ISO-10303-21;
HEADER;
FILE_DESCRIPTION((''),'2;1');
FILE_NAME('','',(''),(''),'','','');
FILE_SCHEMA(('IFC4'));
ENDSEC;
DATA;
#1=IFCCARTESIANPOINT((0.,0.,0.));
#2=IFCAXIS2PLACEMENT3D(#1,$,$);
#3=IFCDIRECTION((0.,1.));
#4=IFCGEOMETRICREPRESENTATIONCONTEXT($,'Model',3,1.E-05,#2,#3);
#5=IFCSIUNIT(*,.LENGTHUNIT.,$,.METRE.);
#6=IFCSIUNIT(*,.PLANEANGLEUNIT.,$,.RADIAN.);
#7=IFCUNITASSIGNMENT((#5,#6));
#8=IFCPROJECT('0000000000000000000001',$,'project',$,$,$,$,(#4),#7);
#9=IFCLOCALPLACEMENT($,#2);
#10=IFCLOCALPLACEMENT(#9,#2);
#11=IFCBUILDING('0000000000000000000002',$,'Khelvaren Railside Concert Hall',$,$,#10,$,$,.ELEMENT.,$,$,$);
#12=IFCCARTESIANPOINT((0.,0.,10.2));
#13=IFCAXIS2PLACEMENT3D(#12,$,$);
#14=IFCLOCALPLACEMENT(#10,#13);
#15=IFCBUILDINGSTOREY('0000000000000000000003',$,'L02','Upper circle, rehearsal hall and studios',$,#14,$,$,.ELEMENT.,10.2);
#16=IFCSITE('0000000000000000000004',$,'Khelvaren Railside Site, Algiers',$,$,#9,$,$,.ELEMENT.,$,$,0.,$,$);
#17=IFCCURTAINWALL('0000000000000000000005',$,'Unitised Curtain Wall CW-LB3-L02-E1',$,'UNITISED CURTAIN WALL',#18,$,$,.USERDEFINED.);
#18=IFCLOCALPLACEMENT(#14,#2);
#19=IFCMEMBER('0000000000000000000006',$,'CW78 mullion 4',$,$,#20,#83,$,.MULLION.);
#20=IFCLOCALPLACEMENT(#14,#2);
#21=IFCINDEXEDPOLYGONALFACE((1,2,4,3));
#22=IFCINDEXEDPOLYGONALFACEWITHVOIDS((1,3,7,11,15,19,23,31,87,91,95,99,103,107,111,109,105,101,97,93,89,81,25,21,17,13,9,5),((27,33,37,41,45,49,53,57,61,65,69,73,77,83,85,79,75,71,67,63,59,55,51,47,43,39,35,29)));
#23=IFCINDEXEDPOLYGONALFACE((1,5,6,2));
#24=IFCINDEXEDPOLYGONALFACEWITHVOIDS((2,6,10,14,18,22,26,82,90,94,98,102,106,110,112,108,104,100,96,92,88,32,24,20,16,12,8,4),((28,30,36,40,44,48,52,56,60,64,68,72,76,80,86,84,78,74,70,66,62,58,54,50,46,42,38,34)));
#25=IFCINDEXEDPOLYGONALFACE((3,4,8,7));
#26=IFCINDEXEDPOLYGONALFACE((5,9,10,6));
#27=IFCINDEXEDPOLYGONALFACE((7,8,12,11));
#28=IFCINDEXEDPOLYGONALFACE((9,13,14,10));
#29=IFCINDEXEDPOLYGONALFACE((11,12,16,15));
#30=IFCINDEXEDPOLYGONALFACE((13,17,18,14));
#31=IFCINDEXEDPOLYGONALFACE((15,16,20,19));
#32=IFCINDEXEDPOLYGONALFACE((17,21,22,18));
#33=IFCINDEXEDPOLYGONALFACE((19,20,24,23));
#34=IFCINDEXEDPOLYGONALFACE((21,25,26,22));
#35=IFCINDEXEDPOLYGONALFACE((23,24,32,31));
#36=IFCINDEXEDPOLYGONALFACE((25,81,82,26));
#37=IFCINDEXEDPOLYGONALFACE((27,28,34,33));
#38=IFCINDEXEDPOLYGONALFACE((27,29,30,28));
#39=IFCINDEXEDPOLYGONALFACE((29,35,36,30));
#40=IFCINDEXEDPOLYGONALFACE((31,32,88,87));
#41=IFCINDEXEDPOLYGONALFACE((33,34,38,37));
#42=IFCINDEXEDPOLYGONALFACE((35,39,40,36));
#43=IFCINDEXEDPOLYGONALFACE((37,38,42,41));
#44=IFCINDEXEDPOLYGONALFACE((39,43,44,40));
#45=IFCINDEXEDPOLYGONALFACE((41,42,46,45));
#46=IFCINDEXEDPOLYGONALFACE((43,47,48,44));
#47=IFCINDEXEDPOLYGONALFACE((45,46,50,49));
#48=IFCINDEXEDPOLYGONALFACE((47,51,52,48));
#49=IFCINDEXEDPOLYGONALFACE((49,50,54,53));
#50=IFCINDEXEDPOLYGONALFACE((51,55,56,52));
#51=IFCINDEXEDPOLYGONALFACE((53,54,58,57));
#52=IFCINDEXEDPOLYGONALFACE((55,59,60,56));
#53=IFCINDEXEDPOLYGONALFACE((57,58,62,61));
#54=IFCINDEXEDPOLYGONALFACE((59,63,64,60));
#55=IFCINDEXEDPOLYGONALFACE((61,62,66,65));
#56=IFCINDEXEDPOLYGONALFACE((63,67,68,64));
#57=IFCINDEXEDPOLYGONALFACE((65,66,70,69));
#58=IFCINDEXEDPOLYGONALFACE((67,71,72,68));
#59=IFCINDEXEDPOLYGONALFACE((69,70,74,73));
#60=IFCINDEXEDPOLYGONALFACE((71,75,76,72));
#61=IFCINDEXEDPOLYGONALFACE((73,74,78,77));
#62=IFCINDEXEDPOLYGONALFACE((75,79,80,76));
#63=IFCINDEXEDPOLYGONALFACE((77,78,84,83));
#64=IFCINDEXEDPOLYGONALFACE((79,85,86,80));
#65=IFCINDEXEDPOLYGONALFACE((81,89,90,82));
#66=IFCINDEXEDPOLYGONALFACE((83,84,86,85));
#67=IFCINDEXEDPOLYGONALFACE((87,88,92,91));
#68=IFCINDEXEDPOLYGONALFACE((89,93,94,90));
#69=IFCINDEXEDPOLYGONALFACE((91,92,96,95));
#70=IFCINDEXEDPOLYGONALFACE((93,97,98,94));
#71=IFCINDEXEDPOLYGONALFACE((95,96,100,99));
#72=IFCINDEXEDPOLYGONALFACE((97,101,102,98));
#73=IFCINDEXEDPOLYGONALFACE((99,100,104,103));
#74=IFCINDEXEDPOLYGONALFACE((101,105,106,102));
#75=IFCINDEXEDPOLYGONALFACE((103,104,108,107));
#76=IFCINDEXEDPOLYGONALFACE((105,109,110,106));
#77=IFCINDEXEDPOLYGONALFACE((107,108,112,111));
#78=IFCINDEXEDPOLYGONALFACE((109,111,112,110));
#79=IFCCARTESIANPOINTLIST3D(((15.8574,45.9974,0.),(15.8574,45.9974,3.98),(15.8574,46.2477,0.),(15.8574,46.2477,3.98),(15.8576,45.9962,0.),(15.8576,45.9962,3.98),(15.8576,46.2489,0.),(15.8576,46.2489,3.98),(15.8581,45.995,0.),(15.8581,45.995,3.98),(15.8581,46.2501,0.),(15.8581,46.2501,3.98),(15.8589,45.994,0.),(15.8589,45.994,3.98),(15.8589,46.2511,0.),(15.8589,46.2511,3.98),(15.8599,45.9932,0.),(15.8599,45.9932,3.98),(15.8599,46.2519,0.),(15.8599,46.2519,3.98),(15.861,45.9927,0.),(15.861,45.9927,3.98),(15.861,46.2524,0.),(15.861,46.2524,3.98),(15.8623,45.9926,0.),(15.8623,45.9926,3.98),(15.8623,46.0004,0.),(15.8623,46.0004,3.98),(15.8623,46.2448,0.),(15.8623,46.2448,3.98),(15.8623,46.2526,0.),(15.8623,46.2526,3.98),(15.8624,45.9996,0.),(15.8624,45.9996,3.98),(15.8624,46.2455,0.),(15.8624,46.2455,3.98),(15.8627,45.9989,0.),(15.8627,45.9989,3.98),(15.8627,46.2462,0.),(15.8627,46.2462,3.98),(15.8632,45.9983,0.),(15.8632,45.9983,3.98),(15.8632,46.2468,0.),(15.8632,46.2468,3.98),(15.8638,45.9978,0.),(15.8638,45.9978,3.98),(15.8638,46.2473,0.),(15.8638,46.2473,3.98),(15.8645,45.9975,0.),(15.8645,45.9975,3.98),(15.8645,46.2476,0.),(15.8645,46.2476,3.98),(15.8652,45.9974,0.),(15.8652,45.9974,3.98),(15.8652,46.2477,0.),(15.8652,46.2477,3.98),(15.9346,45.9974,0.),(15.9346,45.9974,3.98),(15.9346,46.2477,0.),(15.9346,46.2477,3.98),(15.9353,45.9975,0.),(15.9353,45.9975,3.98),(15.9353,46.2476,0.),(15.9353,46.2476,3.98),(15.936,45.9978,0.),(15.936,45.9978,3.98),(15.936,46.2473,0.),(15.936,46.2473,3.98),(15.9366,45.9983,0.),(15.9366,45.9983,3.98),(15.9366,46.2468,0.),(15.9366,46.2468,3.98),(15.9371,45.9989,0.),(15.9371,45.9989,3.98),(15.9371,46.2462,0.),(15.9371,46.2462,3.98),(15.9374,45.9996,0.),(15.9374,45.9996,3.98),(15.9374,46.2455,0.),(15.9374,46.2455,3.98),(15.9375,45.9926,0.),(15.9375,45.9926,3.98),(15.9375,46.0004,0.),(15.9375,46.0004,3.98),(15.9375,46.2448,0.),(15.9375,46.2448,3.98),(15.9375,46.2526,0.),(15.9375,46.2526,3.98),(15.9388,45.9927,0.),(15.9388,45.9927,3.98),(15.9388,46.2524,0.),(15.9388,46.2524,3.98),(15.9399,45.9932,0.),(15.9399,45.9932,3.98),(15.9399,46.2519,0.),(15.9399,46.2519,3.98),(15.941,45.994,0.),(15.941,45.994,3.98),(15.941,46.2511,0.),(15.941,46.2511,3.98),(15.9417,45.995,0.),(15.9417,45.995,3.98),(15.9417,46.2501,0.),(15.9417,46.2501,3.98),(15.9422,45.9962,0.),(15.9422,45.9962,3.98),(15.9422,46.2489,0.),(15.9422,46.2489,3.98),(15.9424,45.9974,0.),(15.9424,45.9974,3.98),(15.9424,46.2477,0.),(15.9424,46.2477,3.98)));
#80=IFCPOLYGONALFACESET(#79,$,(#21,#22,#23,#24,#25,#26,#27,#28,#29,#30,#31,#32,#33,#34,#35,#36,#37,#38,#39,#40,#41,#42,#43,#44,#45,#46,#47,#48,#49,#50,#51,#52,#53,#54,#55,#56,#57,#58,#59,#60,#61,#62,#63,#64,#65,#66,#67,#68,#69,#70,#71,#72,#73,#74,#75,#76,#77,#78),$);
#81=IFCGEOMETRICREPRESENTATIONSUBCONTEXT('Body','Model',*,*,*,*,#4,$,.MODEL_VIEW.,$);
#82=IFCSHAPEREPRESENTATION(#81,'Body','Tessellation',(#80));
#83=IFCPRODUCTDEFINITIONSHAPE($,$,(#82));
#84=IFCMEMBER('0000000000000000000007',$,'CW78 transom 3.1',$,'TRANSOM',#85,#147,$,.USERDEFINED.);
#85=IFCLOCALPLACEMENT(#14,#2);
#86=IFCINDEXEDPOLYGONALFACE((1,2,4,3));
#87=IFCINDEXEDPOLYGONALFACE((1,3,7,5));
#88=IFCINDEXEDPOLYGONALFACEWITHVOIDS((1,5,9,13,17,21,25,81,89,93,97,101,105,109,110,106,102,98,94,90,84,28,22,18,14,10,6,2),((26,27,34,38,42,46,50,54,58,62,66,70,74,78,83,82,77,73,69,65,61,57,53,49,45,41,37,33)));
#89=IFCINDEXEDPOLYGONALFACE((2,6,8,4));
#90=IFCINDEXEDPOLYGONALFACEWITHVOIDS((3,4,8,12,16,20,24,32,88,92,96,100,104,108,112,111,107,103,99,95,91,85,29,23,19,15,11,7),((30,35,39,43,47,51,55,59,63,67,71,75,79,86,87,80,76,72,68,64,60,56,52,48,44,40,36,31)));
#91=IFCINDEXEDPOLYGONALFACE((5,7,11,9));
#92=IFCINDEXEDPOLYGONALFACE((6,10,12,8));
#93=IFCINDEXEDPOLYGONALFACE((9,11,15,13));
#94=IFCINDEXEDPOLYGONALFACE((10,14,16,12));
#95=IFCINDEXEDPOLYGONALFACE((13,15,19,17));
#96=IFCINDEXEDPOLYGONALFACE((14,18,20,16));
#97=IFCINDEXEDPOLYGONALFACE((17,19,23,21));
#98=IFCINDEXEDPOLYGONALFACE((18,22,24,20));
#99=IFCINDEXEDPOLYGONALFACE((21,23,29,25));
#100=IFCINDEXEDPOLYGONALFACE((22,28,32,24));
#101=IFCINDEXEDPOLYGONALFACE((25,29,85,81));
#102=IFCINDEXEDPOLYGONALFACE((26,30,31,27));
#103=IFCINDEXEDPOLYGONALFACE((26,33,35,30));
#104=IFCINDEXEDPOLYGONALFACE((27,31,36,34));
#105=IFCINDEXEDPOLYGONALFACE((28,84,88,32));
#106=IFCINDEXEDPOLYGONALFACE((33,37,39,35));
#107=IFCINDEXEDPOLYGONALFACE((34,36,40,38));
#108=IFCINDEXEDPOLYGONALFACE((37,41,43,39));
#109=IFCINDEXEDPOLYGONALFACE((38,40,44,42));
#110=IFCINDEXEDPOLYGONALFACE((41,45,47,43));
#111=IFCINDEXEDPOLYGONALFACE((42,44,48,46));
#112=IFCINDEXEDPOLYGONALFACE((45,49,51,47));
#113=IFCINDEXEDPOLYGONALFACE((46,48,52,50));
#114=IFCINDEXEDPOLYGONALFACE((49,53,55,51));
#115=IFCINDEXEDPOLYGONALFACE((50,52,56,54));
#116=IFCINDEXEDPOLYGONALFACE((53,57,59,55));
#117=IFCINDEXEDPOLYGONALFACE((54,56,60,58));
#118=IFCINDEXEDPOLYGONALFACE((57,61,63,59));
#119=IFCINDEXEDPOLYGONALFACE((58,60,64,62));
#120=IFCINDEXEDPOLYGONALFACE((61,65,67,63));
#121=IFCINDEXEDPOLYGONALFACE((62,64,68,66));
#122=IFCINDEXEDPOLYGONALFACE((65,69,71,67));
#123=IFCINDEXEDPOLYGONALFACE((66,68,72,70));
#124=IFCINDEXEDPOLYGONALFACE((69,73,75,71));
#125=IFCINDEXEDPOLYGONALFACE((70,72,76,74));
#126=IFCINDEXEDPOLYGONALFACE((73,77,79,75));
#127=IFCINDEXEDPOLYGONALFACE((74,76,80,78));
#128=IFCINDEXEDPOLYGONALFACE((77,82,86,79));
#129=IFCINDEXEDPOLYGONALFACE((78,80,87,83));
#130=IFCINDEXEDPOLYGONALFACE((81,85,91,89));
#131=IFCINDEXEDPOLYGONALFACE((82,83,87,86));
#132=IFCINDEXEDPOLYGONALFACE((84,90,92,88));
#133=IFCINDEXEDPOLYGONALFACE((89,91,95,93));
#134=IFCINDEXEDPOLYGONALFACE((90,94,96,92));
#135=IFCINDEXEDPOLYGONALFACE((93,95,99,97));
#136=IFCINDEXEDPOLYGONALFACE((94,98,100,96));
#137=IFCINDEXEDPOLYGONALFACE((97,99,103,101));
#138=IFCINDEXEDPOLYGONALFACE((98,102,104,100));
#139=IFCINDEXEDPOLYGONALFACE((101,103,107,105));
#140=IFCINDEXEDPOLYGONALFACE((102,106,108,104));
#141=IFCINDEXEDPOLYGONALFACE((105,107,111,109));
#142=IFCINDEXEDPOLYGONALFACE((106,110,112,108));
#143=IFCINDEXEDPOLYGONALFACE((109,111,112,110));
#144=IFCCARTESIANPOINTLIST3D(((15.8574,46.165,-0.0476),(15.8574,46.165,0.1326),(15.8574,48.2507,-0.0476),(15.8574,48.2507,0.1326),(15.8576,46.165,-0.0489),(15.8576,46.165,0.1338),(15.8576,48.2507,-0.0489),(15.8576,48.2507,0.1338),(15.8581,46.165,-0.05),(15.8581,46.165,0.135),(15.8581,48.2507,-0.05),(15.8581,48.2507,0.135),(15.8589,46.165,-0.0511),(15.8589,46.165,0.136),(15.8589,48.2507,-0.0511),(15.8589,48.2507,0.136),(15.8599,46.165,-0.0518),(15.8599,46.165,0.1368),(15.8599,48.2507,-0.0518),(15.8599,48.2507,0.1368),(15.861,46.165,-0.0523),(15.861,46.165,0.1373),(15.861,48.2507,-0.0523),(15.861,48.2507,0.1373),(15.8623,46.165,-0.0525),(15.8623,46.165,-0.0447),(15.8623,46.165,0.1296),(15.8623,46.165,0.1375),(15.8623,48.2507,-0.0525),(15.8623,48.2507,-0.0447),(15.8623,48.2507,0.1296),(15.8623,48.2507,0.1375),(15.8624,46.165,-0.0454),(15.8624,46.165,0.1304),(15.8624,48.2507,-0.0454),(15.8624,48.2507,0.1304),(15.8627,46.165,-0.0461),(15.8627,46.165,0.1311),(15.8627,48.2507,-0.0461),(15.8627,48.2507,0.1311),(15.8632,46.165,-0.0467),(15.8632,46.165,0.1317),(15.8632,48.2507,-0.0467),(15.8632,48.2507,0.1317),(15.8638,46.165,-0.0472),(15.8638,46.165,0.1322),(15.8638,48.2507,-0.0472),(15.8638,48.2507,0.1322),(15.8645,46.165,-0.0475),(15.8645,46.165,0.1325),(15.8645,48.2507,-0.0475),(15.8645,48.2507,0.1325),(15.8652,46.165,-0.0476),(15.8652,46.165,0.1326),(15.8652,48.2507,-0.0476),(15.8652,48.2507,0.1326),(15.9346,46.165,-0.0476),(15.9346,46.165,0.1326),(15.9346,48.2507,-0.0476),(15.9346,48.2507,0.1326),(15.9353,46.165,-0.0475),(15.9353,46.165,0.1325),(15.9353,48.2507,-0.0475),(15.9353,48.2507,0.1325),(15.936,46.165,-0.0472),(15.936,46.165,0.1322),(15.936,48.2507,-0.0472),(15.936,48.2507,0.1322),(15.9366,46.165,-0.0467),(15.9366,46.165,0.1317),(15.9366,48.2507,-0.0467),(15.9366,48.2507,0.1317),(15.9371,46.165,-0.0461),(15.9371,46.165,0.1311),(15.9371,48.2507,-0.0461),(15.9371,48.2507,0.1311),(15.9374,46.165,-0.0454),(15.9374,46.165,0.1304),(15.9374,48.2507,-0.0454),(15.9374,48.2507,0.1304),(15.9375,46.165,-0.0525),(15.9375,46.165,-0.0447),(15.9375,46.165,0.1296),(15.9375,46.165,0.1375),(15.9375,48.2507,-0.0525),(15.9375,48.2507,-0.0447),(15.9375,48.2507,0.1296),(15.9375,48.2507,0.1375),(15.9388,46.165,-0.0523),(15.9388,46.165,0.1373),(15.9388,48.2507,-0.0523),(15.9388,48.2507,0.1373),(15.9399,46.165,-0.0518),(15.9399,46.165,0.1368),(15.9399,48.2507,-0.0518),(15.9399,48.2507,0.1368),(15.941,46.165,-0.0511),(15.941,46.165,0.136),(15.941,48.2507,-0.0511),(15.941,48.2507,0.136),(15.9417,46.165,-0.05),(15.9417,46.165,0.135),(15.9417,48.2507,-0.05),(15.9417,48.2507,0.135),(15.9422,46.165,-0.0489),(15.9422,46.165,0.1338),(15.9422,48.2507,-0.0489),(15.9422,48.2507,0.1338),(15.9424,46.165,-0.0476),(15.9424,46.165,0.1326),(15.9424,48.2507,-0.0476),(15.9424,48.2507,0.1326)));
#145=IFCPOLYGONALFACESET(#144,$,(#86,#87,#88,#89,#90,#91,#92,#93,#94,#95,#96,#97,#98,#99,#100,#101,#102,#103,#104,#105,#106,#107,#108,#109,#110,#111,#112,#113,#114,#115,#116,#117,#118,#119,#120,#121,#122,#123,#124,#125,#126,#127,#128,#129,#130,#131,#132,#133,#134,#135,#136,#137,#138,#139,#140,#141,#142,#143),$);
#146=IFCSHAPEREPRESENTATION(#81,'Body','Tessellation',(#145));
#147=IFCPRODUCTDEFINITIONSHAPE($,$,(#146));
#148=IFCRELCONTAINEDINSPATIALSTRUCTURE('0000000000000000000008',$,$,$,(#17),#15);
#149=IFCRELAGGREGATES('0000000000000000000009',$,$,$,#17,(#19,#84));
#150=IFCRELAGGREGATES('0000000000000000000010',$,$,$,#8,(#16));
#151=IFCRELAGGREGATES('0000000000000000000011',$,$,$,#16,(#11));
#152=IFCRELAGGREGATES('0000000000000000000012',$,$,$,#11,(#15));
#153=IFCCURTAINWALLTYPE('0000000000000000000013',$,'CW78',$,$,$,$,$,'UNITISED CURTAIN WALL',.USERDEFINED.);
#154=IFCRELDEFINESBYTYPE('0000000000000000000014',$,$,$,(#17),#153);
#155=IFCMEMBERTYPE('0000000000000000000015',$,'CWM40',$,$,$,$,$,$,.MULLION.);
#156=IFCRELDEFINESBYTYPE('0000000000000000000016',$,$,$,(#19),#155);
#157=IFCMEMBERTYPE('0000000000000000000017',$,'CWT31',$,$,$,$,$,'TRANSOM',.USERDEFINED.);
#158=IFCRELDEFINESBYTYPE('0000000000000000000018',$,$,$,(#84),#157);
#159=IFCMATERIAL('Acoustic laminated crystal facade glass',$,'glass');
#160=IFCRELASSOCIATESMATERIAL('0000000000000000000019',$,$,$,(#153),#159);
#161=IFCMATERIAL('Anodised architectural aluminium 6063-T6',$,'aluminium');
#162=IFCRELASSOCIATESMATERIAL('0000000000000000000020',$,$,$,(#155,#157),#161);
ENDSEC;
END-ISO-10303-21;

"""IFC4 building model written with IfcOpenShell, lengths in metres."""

from ifc_helpers import new_model, si_unit, direction, frame, origin, origin_2d, place, context, subcontext, project, spatial, hollow_rectangle, extrude, material, material_profile, profile_set, type_object, element, aggregate, save


model = new_model("IFC4")

# Units and contexts
model_context = context("Model", 3, precision=1e-05, world=origin(), true_north=direction((0.0, 1.0)))
body_context = subcontext(model_context, "Body", "Model", "MODEL_VIEW")
ifc_project = project(units=[si_unit("LENGTHUNIT", "METRE"), si_unit("PLANEANGLEUNIT", "RADIAN")], contexts=[model_context])

# Site, building, storey
site_placement = place(None, origin())
site = spatial("IfcSite", under=ifc_project, at=site_placement, Name="Khelvaren Railside Site, Algiers", CompositionType="ELEMENT", RefElevation=0.0)
building_placement = place(site_placement, origin())
building = spatial("IfcBuilding", under=site, at=building_placement, Name="Khelvaren Railside Concert Hall", CompositionType="ELEMENT")
storey_placement = place(building_placement, frame((0.0, 0.0, 10.2)))
storey = spatial("IfcBuildingStorey", under=building, at=storey_placement, Name="L02", Description="Upper circle, rehearsal hall and studios", CompositionType="ELEMENT", Elevation=10.2)

# Curtain wall, members
ifc_material_1 = material(Name="Acoustic laminated crystal facade glass", Category="glass")
curtain_wall_type = type_object("IfcCurtainWallType", Name="CW78", ElementType="UNITISED CURTAIN WALL", PredefinedType="USERDEFINED", material=ifc_material_1)
curtain_wall_placement = place(storey_placement, origin())
curtain_wall = element("IfcCurtainWall", 1, at=curtain_wall_placement, inside=storey, type_object=curtain_wall_type, Name="Unitised Curtain Wall CW-LB3-L02-E1", ObjectType="UNITISED CURTAIN WALL", PredefinedType="USERDEFINED")
ifc_material_2 = material(Name="Anodised architectural aluminium 6063-T6", Category="aluminium")
ifc_material_profile_1 = material_profile(ifc_material_2, hollow_rectangle(XDim=0.085, YDim=0.26, WallThickness=0.0049, InnerFilletRadius=0.0029, OuterFilletRadius=0.0049, at=origin_2d()), Name="CWM 85x260x5")
ifc_profile_set_1 = profile_set([ifc_material_profile_1], Name="Anodised architectural aluminium 6063-T6")
member_type_1 = type_object("IfcMemberType", Name="CWM40", PredefinedType="MULLION", material=ifc_profile_set_1)
member_1_placement = place(storey_placement, frame((15.8999, 46.1226, 0.0), z_axis=(0.0, 0.0, 1.0), x_axis=(1.0, 0.0, 0.0)))
member_1 = element("IfcMember", 2, at=member_1_placement, type_object=member_type_1, Name="CW78 mullion 4", PredefinedType="MULLION", context=body_context, shape_type="SweptSolid", body=[
    extrude(hollow_rectangle(XDim=0.085, YDim=0.26, WallThickness=0.0049, InnerFilletRadius=0.0029, OuterFilletRadius=0.0049, at=origin_2d()), origin(), (0.0, 0.0, 1.0), 3.98),
])
ifc_material_profile_2 = material_profile(ifc_material_2, hollow_rectangle(XDim=0.085, YDim=0.1899, WallThickness=0.0049, InnerFilletRadius=0.0029, OuterFilletRadius=0.0049, at=origin_2d()), Name="CWT 85x190x5")
ifc_profile_set_2 = profile_set([ifc_material_profile_2], Name="Anodised architectural aluminium 6063-T6")
member_type_2 = type_object("IfcMemberType", Name="CWT31", ElementType="TRANSOM", PredefinedType="USERDEFINED", material=ifc_profile_set_2)
member_2_placement = place(storey_placement, frame((15.8999, 48.2507, 0.0425), z_axis=(0.0, -1.0, 0.0), x_axis=(1.0, 0.0, 0.0)))
member_2 = element("IfcMember", 3, at=member_2_placement, type_object=member_type_2, Name="CW78 transom 3.1", ObjectType="TRANSOM", PredefinedType="USERDEFINED", context=body_context, shape_type="SweptSolid", body=[
    extrude(hollow_rectangle(XDim=0.085, YDim=0.1899, WallThickness=0.0049, InnerFilletRadius=0.0029, OuterFilletRadius=0.0049, at=origin_2d()), origin(), (0.0, 0.0, 1.0), 2.0857),
])

aggregate(curtain_wall, [member_1, member_2])

save(model, "model.ifc")
